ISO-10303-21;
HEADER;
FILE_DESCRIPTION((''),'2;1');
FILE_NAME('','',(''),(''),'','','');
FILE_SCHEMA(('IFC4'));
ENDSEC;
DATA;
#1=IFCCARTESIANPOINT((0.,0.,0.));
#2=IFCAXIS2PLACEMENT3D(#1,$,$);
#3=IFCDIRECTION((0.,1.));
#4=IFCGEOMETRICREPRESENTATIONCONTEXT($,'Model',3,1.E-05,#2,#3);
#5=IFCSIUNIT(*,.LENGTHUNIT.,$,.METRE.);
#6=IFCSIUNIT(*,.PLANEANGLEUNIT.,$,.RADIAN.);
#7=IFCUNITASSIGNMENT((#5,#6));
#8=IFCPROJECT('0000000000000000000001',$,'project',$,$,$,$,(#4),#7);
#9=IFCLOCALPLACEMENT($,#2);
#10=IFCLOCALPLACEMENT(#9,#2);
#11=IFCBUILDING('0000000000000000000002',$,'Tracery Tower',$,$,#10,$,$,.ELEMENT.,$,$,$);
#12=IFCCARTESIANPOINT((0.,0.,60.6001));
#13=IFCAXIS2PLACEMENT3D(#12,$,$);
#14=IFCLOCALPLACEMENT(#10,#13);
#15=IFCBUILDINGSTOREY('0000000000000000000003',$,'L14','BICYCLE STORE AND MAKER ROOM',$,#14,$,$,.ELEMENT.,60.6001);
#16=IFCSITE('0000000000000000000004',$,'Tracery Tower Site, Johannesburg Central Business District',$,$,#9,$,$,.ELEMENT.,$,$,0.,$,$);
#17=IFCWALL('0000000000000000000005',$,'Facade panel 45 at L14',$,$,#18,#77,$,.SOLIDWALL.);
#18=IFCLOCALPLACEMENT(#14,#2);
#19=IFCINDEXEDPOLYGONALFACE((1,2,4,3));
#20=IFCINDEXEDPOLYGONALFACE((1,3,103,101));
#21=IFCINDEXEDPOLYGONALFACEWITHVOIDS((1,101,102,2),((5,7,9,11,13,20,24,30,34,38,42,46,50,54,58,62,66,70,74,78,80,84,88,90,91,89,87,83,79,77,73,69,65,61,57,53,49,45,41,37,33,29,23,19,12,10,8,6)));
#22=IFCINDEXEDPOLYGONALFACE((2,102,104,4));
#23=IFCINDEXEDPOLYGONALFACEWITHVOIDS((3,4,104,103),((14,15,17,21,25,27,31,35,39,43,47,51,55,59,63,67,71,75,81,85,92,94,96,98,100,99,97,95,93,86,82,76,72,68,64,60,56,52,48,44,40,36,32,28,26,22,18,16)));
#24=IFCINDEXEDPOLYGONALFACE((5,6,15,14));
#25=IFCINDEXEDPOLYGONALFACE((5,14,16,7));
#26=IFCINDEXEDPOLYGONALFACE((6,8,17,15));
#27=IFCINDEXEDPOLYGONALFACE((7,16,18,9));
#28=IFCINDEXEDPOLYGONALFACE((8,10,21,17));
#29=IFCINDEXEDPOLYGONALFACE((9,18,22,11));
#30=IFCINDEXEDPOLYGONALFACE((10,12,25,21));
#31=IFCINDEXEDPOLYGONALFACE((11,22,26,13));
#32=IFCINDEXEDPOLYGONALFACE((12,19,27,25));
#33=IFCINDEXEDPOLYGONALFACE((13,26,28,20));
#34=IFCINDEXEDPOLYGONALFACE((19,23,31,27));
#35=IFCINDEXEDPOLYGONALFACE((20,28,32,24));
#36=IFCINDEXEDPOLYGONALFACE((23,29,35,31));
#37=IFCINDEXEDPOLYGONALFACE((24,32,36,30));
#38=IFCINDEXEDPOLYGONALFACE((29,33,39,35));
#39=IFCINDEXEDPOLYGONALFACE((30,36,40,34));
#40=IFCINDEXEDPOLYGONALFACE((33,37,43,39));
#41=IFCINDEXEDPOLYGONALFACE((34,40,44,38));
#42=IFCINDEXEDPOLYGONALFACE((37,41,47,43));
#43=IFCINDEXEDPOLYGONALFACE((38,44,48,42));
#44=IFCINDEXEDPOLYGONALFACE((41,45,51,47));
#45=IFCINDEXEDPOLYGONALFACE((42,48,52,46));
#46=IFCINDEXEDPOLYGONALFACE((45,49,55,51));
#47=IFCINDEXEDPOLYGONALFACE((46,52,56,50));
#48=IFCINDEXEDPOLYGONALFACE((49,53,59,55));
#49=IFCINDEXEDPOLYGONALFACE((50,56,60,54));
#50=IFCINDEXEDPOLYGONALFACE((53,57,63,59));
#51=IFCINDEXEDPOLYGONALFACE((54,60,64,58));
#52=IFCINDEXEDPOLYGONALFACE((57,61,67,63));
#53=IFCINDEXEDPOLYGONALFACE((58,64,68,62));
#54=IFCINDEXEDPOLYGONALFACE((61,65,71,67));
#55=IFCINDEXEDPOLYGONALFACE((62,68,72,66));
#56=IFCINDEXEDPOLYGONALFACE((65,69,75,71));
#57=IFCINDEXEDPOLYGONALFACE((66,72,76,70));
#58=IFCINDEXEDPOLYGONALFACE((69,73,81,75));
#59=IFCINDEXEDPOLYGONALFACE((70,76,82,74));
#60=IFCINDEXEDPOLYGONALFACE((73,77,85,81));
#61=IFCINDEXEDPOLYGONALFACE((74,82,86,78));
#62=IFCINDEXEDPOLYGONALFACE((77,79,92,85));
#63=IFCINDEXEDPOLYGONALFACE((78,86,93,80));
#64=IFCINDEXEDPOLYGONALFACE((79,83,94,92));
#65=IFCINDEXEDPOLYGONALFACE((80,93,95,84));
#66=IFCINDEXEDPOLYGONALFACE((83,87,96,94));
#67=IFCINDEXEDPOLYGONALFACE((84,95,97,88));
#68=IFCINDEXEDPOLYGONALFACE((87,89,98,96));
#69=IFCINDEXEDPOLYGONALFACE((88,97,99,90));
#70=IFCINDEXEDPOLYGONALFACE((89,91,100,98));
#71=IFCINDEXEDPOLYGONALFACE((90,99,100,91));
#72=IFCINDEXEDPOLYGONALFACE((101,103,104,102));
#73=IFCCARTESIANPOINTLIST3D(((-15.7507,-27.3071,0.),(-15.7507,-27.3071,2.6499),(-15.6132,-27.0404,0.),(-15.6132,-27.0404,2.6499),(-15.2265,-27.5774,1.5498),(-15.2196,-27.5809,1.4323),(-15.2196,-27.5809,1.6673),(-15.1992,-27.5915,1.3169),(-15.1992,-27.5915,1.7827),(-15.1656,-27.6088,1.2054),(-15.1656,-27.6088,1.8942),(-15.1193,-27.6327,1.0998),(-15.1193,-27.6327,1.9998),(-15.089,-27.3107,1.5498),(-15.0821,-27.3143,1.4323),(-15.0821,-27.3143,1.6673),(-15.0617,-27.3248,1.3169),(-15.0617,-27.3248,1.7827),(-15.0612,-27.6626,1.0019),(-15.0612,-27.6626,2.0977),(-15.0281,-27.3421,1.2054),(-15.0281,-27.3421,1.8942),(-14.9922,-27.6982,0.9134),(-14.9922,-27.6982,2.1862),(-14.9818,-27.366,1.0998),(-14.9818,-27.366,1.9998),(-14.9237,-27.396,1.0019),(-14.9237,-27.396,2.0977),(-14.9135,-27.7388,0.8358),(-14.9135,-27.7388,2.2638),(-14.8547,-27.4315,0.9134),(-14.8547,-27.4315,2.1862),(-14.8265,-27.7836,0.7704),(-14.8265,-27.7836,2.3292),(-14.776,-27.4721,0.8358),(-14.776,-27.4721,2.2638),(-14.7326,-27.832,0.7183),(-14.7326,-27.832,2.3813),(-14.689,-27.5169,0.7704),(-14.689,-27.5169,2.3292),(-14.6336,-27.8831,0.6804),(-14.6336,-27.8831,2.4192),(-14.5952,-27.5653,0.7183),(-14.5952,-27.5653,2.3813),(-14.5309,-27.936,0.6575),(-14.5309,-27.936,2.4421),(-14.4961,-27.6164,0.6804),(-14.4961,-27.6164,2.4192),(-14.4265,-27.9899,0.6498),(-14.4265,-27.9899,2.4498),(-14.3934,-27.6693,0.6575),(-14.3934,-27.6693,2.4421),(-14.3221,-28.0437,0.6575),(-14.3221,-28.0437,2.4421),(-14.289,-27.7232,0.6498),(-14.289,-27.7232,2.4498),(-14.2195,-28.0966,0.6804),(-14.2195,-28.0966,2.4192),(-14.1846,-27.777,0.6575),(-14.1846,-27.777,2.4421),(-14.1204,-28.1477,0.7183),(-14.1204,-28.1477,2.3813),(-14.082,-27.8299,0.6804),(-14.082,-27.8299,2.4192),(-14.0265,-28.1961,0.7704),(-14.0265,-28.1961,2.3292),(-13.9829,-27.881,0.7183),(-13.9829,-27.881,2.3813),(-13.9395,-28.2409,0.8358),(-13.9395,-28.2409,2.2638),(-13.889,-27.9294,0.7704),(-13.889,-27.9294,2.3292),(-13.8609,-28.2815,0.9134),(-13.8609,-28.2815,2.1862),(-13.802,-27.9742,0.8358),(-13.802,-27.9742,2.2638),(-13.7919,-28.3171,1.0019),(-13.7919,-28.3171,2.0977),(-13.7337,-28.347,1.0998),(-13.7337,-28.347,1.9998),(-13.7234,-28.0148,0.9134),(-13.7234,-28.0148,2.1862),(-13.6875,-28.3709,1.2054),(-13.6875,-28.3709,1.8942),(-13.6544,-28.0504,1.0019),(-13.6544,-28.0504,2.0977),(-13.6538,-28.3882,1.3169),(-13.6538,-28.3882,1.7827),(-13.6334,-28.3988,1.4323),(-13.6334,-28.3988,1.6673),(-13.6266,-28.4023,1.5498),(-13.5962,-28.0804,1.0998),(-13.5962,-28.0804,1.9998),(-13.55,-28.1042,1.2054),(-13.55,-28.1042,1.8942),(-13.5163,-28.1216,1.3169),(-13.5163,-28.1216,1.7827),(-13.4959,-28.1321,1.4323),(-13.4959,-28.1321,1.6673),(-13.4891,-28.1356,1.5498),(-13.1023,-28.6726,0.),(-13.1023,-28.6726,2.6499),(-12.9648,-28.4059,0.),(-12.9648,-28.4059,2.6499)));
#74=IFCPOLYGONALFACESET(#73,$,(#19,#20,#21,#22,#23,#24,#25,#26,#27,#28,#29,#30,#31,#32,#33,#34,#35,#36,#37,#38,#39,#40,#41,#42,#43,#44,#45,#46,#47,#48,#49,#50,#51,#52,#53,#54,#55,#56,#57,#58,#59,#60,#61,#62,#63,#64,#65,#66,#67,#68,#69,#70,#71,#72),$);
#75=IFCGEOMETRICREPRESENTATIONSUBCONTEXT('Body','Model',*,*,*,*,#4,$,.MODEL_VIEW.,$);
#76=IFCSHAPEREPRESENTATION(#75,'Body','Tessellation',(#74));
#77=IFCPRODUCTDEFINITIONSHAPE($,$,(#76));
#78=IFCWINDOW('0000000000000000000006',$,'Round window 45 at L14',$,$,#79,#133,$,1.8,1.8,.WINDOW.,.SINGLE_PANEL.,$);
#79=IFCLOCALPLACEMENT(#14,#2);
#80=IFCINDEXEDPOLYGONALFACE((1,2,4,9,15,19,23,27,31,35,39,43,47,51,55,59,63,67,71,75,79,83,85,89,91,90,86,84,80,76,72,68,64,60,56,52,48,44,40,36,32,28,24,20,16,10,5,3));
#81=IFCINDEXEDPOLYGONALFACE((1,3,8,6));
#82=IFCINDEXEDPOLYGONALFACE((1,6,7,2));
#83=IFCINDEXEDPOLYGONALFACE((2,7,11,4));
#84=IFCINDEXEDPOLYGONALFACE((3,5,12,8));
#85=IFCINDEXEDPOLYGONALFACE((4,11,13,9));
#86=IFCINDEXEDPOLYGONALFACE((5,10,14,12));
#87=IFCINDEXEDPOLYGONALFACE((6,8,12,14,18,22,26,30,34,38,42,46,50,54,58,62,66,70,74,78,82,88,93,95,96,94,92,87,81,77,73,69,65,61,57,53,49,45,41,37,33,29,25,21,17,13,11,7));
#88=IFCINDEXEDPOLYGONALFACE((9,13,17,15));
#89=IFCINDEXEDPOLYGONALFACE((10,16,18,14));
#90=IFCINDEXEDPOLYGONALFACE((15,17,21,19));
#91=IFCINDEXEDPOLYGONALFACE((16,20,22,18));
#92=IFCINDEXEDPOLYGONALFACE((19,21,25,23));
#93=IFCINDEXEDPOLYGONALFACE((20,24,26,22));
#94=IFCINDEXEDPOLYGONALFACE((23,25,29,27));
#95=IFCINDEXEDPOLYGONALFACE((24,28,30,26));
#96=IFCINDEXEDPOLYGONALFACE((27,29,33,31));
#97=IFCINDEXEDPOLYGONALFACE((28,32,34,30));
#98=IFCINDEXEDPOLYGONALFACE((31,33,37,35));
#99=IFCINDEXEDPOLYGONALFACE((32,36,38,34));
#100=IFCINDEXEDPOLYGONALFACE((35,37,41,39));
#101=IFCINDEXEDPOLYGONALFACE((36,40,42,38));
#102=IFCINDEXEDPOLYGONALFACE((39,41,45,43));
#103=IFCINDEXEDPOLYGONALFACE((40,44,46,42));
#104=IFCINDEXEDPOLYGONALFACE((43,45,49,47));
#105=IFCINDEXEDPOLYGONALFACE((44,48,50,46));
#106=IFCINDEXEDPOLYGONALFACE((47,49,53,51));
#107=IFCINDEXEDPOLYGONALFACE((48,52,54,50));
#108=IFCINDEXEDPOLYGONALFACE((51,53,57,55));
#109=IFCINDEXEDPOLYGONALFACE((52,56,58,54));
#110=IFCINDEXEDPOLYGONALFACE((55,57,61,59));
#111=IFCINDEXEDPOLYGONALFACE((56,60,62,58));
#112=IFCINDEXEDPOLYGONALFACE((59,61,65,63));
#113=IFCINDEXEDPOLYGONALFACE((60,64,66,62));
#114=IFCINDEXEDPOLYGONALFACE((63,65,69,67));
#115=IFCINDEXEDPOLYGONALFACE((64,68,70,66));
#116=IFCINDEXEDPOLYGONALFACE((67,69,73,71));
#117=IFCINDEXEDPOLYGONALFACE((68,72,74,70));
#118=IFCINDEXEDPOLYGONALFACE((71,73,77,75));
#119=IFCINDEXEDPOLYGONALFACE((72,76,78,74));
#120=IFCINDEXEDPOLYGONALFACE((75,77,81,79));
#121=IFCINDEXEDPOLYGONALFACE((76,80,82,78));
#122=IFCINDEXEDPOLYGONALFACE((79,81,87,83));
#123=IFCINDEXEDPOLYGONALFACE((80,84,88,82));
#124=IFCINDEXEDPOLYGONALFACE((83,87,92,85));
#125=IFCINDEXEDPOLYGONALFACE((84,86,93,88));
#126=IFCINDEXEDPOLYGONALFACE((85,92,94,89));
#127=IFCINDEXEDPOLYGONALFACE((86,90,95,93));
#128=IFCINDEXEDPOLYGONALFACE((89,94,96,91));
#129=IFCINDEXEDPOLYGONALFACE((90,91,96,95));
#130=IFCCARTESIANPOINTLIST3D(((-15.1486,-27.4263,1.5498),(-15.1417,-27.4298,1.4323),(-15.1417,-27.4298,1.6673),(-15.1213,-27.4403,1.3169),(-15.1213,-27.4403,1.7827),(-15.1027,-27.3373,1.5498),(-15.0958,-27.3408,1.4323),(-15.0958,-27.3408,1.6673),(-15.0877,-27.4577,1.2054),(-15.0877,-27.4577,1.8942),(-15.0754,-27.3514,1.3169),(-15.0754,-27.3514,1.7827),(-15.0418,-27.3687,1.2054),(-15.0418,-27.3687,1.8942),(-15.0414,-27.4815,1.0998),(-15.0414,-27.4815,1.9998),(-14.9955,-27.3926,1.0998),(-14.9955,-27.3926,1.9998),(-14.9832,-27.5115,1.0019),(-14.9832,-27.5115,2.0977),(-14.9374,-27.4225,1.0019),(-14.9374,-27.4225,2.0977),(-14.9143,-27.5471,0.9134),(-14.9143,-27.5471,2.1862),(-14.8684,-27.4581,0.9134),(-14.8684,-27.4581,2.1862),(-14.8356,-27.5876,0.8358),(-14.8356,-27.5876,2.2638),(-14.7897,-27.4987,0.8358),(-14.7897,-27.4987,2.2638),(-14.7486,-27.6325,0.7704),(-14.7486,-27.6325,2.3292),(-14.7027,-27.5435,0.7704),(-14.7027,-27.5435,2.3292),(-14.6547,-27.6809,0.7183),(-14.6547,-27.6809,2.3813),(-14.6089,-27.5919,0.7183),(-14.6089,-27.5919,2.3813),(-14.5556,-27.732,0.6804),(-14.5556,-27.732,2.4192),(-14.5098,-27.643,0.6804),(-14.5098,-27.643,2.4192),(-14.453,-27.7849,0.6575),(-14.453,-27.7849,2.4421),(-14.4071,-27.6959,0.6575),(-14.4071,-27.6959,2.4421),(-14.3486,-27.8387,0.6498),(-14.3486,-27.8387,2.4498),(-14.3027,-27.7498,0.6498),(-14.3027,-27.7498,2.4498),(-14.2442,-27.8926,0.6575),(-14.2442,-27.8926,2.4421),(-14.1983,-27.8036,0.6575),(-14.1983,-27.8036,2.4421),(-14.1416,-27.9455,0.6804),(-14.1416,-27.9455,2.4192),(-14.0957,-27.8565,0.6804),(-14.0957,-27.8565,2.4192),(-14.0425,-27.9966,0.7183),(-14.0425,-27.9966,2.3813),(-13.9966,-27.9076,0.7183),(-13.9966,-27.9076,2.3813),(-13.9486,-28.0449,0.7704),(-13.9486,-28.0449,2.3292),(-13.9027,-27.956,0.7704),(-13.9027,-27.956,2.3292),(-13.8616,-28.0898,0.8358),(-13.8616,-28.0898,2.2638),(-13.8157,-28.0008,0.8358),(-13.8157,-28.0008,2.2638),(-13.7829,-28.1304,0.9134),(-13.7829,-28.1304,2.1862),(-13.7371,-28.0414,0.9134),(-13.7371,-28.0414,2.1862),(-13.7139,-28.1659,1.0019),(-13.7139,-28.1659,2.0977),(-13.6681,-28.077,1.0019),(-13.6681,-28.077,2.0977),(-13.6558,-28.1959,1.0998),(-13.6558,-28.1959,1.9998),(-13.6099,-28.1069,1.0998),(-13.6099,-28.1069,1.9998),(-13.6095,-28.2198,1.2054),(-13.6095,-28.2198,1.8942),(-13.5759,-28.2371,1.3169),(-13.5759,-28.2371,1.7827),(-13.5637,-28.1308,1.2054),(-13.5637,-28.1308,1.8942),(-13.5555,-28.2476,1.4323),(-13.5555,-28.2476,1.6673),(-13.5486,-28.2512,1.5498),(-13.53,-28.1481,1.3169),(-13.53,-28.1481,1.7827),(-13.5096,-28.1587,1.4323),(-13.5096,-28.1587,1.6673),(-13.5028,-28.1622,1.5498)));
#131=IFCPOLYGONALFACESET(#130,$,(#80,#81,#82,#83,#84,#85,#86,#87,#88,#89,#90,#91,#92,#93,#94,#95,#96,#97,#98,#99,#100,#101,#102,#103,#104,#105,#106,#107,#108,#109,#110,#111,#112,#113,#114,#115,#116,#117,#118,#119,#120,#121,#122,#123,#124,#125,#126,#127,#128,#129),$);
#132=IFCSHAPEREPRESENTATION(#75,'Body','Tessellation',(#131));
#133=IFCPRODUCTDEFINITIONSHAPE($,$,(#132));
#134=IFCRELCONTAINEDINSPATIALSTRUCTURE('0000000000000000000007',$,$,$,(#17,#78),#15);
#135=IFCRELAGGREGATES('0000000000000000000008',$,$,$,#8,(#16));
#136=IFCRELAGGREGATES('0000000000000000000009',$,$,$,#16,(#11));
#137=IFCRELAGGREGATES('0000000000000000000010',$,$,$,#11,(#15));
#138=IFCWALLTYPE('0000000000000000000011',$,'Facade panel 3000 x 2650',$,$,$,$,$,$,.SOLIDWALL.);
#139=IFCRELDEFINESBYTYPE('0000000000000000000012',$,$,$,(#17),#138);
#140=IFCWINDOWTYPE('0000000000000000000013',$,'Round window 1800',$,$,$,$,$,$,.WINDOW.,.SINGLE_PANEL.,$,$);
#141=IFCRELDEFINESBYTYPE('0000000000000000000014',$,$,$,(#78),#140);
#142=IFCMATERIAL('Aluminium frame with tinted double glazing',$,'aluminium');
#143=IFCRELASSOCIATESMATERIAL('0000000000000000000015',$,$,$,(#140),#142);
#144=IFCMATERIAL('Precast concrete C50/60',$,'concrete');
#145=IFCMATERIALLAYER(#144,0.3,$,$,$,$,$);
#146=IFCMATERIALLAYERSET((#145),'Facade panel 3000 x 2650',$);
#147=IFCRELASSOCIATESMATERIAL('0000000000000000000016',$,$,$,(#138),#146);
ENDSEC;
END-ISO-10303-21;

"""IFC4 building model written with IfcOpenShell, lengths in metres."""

from ifc_helpers import new_model, si_unit, direction, frame, frame_2d, origin, origin_2d, place, context, subcontext, project, spatial, rectangle, circle, extrude, material, layer, layer_set, type_object, element, fill, save


model = new_model("IFC4")

# Units and contexts
model_context = context("Model", 3, precision=1e-05, world=origin(), true_north=direction((0.0, 1.0)))
body_context = subcontext(model_context, "Body", "Model", "MODEL_VIEW")
ifc_project = project(units=[si_unit("LENGTHUNIT", "METRE"), si_unit("PLANEANGLEUNIT", "RADIAN")], contexts=[model_context])

# Site, building, storey
site_placement = place(None, origin())
site = spatial("IfcSite", under=ifc_project, at=site_placement, Name="Tracery Tower Site, Johannesburg Central Business District", CompositionType="ELEMENT", RefElevation=0.0)
building_placement = place(site_placement, origin())
building = spatial("IfcBuilding", under=site, at=building_placement, Name="Tracery Tower", CompositionType="ELEMENT")
storey_placement = place(building_placement, frame((0.0, 0.0, 60.6001)))
storey = spatial("IfcBuildingStorey", under=building, at=storey_placement, Name="L14", Description="BICYCLE STORE AND MAKER ROOM", CompositionType="ELEMENT", Elevation=60.6001)

# Wall, opening, window
ifc_material_1 = material(Name="Aluminium frame with tinted double glazing", Category="aluminium")
window_type = type_object("IfcWindowType", Name="Round window 1800", PartitioningType="SINGLE_PANEL", PredefinedType="WINDOW", material=ifc_material_1)
ifc_material_2 = material(Name="Precast concrete C50/60", Category="concrete")
ifc_layer_1 = layer(ifc_material_2, 0.3)
ifc_layer_set_1 = layer_set([ifc_layer_1], Name="Facade panel 3000 x 2650")
wall_type_1 = type_object("IfcWallType", Name="Facade panel 3000 x 2650", PredefinedType="SOLIDWALL", material=ifc_layer_set_1)
wall_1_placement = place(storey_placement, frame((-15.6819, -27.1738, 0.0), z_axis=(0.0, 0.0, 1.0), x_axis=(0.88882, -0.458257, 0.0)))
wall_1 = element("IfcWall", 1, at=wall_1_placement, inside=storey, type_object=wall_type_1, Name="Facade panel 45 at L14", PredefinedType="SOLIDWALL", context=body_context, shape_type="SweptSolid", body=[
    extrude(rectangle(XDim=2.9797, YDim=0.3, at=frame_2d((1.4897, 0.0))), origin(), (0.0, 0.0, 1.0), 2.6499),
])
opening_1_placement = place(wall_1_placement, frame((1.4897, 0.0, 1.5498)))
opening_1 = element("IfcOpeningElement", 2, at=opening_1_placement, cuts=wall_1, PredefinedType="OPENING", context=body_context, shape_type="SweptSolid", body=[
    extrude(circle(Radius=0.9, at=origin_2d()), frame((0.0, 0.1599, 0.0), z_axis=(0.0, -1.0, 0.0), x_axis=(1.0, 0.0, 0.0)), (0.0, 0.0, 1.0), 0.3201),
])
window_1_placement = place(opening_1_placement, origin())
window_1 = element("IfcWindow", 3, at=window_1_placement, inside=storey, type_object=window_type, Name="Round window 45 at L14", OverallHeight=1.8, OverallWidth=1.8, PartitioningType="SINGLE_PANEL", PredefinedType="WINDOW", context=body_context, shape_type="SweptSolid", body=[
    extrude(circle(Radius=0.9, at=origin_2d()), frame((0.0, 0.1201, 0.0), z_axis=(0.0, -1.0, 0.0), x_axis=(1.0, 0.0, 0.0)), (0.0, 0.0, 1.0), 0.1001),
])
fill(opening_1, window_1)

save(model, "model.ifc")
